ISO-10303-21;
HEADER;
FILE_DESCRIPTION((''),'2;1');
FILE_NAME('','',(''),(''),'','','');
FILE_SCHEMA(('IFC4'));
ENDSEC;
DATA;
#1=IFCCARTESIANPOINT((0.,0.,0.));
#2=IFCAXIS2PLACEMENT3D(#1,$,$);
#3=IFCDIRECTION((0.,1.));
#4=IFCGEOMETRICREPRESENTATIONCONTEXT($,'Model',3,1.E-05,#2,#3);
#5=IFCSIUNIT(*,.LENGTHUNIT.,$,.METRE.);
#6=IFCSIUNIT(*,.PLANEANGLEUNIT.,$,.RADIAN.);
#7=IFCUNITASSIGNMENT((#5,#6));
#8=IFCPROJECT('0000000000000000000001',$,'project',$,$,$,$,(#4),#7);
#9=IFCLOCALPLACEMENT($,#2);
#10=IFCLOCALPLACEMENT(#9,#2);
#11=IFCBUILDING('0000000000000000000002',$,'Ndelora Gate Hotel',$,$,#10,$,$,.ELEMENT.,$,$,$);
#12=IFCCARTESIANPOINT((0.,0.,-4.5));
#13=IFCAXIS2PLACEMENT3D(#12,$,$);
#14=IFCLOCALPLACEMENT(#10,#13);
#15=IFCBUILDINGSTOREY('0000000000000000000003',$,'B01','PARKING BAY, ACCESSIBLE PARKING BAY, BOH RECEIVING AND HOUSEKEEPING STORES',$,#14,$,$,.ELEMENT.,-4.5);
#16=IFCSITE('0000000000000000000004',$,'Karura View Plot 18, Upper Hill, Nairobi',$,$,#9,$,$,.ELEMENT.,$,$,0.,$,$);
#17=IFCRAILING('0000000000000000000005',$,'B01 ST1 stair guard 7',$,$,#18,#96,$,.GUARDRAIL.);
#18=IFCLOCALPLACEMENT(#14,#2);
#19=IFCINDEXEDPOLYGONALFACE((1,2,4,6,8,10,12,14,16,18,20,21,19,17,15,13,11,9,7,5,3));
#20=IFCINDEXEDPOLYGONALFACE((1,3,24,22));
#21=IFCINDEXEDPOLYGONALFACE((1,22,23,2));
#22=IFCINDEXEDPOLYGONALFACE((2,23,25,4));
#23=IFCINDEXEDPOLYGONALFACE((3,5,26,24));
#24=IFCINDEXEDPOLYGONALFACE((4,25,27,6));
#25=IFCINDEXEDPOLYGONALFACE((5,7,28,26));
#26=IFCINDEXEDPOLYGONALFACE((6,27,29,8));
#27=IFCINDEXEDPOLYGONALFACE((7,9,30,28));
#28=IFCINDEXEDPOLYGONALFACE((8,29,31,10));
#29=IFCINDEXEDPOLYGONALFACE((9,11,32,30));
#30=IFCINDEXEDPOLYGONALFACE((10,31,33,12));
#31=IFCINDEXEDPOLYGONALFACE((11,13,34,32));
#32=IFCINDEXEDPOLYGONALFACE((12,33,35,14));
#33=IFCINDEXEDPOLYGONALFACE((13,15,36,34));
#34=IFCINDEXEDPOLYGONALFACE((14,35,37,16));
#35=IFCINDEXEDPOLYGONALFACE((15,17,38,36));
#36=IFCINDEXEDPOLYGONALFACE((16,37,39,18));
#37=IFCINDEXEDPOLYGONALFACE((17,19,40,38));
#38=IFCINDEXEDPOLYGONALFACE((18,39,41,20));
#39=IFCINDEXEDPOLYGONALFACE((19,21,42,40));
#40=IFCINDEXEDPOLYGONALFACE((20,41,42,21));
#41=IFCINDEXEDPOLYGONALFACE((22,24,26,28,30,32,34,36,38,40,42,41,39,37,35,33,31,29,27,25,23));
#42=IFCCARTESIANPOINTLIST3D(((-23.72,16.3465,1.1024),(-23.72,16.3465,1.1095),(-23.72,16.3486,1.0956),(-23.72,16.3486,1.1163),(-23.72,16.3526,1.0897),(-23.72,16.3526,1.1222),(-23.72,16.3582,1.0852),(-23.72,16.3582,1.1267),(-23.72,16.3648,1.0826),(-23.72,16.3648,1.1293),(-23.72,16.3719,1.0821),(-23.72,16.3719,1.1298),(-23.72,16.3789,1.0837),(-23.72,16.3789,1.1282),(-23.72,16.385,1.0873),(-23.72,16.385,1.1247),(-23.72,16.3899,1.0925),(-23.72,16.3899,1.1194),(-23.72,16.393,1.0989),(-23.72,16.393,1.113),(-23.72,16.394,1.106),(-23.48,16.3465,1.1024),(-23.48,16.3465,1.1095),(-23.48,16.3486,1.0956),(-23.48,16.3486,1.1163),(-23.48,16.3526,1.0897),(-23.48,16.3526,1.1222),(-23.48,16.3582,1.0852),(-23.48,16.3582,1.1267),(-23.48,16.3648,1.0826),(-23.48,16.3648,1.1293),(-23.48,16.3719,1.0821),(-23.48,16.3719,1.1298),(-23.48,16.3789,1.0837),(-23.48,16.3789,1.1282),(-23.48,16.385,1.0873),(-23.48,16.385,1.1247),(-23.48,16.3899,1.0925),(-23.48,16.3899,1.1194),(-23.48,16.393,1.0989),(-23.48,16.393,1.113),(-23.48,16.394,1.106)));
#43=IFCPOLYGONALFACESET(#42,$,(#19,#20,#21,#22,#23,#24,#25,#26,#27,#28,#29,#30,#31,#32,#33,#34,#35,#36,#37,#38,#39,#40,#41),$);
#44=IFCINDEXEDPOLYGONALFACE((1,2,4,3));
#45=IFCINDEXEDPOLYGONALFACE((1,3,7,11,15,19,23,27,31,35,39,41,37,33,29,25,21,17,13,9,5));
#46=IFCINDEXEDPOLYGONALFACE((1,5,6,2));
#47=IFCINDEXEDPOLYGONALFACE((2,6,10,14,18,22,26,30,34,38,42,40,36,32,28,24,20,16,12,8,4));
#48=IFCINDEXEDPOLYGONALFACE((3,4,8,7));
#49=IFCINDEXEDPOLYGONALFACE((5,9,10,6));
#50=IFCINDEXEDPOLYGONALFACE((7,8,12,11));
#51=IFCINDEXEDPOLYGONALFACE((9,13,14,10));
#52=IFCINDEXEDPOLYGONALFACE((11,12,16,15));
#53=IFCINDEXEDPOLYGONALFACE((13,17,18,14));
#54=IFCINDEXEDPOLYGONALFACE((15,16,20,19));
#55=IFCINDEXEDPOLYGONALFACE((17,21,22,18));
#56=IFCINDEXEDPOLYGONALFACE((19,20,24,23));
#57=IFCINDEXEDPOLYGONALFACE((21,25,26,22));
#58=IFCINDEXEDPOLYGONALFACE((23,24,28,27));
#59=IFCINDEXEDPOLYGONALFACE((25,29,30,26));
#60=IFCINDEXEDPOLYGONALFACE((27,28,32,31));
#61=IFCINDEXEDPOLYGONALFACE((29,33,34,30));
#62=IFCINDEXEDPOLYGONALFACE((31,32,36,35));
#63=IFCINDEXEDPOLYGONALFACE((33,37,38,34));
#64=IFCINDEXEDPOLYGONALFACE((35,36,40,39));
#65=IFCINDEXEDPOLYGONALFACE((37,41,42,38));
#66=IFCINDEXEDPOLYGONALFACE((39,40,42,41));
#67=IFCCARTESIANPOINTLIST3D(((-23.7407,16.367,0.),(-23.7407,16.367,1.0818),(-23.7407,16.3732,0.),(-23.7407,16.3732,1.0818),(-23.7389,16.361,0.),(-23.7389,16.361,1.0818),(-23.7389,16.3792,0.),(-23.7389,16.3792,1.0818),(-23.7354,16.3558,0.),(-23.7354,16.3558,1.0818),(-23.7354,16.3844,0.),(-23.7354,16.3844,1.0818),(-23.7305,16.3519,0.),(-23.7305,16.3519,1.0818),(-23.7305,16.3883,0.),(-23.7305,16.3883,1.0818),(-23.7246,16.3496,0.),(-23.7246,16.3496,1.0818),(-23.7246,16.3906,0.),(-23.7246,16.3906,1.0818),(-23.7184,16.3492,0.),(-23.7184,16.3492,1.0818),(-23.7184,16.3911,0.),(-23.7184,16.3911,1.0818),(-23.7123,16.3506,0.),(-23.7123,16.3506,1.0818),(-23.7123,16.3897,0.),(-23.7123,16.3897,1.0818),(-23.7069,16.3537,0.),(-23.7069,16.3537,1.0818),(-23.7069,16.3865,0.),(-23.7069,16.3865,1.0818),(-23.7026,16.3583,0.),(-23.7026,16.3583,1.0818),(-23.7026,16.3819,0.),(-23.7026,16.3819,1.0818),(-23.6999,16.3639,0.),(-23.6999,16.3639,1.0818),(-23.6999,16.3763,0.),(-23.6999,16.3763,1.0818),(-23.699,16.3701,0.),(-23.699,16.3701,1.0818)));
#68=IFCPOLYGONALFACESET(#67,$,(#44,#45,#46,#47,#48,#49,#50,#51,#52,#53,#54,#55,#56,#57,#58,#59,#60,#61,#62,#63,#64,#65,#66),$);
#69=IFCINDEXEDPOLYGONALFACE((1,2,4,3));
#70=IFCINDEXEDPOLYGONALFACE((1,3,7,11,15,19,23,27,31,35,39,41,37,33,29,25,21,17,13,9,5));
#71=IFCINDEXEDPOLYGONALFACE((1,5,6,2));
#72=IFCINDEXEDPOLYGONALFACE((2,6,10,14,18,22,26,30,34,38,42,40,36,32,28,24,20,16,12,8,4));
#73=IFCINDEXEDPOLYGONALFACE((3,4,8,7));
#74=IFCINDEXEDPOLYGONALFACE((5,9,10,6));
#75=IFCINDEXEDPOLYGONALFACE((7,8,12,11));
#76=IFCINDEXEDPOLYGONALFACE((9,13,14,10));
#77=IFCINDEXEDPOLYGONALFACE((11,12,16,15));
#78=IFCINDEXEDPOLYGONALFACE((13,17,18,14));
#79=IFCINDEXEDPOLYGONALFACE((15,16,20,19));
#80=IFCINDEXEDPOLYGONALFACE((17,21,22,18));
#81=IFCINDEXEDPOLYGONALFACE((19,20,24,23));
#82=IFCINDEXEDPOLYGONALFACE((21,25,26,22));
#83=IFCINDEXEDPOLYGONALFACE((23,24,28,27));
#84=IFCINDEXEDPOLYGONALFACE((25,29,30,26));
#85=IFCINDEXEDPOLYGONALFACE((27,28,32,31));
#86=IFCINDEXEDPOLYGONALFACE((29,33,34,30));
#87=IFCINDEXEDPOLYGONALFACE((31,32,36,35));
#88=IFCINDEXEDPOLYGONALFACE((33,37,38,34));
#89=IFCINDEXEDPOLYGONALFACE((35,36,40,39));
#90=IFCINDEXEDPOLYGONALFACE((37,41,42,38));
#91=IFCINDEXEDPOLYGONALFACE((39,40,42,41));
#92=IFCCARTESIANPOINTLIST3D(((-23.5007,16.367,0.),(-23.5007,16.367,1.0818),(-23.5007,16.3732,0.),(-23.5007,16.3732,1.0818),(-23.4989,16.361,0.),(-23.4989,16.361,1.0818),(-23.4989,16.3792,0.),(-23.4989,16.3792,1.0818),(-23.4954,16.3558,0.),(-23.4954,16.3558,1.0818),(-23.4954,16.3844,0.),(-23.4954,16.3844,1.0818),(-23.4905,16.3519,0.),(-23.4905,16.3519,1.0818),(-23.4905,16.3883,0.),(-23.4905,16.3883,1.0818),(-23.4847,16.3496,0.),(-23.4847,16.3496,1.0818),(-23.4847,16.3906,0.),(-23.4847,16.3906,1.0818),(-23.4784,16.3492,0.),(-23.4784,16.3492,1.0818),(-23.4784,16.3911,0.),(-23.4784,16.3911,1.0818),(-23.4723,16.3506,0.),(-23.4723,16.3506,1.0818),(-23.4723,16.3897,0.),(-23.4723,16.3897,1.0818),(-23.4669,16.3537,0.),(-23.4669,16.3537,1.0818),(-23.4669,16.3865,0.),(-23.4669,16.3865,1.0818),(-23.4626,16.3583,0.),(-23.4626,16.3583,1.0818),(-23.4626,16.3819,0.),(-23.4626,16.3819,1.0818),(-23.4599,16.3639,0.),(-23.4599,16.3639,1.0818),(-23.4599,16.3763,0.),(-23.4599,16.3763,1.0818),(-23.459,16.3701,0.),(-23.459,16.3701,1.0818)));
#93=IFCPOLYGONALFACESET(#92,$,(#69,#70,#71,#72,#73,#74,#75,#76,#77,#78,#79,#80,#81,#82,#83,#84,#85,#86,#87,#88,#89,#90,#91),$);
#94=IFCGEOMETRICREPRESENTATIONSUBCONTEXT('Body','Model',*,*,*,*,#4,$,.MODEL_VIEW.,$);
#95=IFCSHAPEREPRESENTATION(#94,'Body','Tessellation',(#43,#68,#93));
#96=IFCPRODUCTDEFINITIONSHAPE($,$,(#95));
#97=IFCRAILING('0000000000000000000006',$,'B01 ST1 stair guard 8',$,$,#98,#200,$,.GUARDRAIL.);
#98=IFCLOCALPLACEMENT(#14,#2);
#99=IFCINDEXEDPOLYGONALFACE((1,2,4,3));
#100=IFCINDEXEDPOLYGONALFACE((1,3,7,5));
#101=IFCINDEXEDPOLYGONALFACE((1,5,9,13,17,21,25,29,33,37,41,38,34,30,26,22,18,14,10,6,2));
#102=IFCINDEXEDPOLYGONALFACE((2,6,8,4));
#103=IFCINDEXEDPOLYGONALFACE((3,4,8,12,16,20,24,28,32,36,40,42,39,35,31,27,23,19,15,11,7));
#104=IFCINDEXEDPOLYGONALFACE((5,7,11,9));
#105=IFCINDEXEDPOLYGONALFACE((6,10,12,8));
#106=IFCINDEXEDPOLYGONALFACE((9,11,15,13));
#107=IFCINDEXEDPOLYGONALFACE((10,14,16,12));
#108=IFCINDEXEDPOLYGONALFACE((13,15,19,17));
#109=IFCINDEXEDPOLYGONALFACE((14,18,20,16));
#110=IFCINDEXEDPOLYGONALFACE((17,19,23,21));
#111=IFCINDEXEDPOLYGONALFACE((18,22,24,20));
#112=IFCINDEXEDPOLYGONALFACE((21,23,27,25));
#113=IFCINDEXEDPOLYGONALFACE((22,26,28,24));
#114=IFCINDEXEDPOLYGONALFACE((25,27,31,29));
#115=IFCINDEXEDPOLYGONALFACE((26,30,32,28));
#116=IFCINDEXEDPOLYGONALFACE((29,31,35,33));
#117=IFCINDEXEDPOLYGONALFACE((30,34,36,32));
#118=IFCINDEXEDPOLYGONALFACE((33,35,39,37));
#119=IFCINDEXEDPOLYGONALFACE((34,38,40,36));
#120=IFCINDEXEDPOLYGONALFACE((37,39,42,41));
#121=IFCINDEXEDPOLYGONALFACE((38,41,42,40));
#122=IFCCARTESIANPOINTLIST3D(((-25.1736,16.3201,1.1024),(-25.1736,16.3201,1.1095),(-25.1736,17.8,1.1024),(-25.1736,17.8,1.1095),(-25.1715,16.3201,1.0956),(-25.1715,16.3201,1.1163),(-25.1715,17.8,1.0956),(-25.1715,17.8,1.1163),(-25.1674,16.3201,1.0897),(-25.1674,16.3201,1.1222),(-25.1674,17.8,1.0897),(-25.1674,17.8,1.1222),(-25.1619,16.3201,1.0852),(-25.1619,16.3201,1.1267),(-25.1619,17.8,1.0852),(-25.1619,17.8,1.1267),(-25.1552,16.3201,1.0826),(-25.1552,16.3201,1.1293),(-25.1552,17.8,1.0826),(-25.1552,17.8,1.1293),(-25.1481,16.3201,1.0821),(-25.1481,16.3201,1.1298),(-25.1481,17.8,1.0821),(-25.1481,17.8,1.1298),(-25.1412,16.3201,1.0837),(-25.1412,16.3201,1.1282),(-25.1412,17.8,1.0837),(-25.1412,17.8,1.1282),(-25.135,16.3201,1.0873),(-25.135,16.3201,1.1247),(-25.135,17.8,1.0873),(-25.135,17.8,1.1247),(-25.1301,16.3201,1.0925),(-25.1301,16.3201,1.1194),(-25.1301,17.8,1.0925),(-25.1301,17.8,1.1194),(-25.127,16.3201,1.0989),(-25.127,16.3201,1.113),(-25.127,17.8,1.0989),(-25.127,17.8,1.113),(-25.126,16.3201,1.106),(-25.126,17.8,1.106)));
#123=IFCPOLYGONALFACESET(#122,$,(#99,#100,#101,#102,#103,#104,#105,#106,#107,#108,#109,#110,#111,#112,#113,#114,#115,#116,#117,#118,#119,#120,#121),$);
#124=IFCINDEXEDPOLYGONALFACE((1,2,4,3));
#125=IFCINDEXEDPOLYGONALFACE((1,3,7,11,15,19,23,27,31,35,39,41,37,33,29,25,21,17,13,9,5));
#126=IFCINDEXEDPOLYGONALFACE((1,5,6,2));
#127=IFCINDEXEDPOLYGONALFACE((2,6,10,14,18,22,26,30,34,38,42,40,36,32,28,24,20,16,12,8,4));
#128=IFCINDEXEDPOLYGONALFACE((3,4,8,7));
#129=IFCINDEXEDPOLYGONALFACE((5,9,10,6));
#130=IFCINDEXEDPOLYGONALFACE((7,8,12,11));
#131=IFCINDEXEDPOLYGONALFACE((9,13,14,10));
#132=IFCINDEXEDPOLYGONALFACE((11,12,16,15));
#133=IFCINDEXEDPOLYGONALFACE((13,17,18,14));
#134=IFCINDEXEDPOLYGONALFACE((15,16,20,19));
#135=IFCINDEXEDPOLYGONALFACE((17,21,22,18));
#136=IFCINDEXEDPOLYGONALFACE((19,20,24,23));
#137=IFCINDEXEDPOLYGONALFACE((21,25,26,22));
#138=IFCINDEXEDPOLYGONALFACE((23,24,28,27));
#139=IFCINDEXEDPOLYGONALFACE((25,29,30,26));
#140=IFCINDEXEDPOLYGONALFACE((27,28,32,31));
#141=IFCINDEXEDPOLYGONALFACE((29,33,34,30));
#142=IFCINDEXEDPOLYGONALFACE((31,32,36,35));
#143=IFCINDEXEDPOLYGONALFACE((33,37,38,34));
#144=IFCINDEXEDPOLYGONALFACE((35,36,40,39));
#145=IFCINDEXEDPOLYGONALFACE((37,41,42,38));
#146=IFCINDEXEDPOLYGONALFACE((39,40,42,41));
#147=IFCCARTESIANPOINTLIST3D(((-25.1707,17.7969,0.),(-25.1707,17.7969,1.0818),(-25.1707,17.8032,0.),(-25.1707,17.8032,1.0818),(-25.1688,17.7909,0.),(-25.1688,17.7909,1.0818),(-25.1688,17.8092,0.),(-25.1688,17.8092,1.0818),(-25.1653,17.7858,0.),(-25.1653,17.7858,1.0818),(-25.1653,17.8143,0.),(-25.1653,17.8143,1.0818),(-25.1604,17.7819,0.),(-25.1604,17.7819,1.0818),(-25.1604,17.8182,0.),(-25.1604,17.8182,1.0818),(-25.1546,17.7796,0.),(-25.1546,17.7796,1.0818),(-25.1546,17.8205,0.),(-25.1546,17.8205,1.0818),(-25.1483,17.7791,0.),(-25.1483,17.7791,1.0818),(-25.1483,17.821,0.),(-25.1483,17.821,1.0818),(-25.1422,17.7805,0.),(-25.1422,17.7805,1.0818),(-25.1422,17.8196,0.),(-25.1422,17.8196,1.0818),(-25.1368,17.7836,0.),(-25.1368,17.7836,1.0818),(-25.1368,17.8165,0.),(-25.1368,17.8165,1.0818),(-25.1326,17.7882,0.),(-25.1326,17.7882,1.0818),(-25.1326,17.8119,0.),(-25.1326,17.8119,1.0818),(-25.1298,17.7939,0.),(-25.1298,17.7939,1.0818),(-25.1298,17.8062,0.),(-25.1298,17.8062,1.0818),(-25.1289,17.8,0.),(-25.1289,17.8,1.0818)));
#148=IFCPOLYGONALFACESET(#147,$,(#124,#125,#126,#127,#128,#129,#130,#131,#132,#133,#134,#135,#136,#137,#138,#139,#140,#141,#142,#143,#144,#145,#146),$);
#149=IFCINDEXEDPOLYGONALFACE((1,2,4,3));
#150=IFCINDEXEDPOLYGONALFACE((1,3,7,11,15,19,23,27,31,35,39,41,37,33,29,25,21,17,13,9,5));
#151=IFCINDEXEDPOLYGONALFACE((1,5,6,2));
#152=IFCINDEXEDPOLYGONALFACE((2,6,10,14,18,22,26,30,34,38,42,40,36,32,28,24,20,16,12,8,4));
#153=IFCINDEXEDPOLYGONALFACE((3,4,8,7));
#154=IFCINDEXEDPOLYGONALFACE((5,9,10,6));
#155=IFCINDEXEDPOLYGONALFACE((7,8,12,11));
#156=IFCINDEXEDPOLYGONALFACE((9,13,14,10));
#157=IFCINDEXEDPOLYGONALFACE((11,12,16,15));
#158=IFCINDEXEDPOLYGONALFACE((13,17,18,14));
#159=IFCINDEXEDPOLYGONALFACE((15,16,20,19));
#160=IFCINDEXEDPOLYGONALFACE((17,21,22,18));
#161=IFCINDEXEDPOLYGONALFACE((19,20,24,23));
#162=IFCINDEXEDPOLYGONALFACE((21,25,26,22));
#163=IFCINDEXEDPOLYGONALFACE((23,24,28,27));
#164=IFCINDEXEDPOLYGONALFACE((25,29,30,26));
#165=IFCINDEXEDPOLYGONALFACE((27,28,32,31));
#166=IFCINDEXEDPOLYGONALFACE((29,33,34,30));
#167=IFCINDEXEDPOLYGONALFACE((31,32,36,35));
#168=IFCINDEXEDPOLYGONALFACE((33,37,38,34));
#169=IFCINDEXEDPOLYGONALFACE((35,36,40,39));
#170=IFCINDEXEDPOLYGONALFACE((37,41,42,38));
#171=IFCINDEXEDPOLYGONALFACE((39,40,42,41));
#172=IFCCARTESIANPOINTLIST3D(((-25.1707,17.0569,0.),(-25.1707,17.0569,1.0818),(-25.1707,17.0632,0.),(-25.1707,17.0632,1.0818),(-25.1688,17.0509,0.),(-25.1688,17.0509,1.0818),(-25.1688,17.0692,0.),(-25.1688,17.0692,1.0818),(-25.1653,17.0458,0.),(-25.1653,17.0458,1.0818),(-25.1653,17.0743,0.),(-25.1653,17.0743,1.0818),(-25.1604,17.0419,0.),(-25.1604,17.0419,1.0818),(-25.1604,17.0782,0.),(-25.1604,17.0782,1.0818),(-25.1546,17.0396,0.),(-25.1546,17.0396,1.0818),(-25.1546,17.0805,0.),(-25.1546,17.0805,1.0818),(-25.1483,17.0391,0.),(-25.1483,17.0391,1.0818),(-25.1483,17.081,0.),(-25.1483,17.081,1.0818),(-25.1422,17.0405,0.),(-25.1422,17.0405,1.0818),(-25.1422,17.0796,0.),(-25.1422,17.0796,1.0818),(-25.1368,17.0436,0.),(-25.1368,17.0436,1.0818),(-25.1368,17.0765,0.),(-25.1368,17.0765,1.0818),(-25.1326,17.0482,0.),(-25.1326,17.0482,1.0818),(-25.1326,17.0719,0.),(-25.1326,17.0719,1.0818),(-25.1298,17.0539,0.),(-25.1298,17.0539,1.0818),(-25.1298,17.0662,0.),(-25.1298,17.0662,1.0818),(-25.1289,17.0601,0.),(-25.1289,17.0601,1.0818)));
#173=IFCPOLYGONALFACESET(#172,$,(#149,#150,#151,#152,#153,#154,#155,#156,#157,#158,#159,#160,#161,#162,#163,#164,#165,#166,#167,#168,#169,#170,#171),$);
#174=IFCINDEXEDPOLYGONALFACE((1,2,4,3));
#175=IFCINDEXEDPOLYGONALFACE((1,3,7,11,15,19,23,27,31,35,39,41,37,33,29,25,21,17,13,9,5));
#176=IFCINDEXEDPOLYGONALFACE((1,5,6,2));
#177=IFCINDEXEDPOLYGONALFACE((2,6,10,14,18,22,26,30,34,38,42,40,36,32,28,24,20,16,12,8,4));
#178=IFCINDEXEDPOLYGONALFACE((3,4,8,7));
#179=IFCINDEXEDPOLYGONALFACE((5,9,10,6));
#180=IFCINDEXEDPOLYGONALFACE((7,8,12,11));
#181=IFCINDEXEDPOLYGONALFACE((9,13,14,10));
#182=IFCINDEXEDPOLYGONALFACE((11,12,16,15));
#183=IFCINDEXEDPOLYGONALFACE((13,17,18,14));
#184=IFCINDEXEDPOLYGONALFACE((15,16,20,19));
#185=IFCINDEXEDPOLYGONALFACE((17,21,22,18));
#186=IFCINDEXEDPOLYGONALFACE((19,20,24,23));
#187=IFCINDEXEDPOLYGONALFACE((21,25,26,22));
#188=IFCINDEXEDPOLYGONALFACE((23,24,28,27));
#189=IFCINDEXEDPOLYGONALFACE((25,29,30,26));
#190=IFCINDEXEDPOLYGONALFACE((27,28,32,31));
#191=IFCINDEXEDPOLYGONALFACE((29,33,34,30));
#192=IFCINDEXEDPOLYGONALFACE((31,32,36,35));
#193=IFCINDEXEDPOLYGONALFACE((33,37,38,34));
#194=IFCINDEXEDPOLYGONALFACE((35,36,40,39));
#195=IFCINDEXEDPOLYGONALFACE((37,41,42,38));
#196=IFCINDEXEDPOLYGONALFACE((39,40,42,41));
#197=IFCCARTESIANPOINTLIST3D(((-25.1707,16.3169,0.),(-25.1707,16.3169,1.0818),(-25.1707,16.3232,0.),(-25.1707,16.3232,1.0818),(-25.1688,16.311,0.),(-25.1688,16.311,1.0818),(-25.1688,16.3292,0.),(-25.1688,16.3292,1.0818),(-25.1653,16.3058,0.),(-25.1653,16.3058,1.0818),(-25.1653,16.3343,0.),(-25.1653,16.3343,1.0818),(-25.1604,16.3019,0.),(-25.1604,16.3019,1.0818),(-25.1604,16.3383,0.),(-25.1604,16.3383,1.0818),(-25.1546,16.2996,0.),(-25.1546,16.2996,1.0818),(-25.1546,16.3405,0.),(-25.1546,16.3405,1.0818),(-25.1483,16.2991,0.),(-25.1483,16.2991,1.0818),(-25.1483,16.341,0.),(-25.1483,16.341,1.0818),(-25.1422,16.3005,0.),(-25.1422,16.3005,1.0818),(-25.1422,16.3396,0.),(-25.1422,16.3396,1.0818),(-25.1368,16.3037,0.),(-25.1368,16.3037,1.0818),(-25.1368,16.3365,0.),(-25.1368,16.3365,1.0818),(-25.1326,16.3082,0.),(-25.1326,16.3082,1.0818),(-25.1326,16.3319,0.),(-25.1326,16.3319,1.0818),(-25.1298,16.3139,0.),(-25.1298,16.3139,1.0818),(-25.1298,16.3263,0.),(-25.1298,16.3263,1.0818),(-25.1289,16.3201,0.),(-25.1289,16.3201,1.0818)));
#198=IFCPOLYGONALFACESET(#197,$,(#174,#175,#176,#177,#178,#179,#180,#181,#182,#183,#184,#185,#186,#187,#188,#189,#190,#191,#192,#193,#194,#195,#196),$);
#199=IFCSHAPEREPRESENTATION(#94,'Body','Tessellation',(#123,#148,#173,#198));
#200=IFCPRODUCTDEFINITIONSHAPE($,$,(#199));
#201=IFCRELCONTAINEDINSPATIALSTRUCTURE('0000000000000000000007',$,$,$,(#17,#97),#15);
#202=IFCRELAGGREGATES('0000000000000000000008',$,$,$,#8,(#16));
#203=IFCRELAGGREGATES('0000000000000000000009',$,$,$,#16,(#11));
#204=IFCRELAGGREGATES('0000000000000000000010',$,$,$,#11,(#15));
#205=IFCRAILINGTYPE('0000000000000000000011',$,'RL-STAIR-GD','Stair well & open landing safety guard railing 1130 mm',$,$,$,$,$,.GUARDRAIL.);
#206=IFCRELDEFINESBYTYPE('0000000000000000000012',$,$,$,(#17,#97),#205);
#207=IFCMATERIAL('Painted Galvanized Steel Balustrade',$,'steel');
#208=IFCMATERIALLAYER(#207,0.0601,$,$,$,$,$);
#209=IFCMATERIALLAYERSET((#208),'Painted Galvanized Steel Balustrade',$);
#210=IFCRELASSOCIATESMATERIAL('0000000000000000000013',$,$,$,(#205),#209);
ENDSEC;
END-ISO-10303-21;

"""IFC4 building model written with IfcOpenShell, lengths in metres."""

from ifc_helpers import new_model, si_unit, direction, frame, origin, origin_2d, place, context, subcontext, project, spatial, circle, extrude, material, layer, layer_set, type_object, element, save


model = new_model("IFC4")

# Units and contexts
model_context = context("Model", 3, precision=1e-05, world=origin(), true_north=direction((0.0, 1.0)))
body_context = subcontext(model_context, "Body", "Model", "MODEL_VIEW")
ifc_project = project(units=[si_unit("LENGTHUNIT", "METRE"), si_unit("PLANEANGLEUNIT", "RADIAN")], contexts=[model_context])

# Site, building, storey
site_placement = place(None, origin())
site = spatial("IfcSite", under=ifc_project, at=site_placement, Name="Karura View Plot 18, Upper Hill, Nairobi", CompositionType="ELEMENT", RefElevation=0.0)
building_placement = place(site_placement, origin())
building = spatial("IfcBuilding", under=site, at=building_placement, Name="Ndelora Gate Hotel", CompositionType="ELEMENT")
storey_placement = place(building_placement, frame((0.0, 0.0, -4.5)))
storey = spatial("IfcBuildingStorey", under=building, at=storey_placement, Name="B01", Description="PARKING BAY, ACCESSIBLE PARKING BAY, BOH RECEIVING AND HOUSEKEEPING STORES", CompositionType="ELEMENT", Elevation=-4.5)

# Railings
ifc_material_1 = material(Name="Painted Galvanized Steel Balustrade", Category="steel")
ifc_layer_1 = layer(ifc_material_1, 0.0601)
ifc_layer_set_1 = layer_set([ifc_layer_1], Name="Painted Galvanized Steel Balustrade")
railing_type_1 = type_object("IfcRailingType", Name="RL-STAIR-GD", Description="Stair well & open landing safety guard railing 1130 mm", PredefinedType="GUARDRAIL", material=ifc_layer_set_1)
railing_1_placement = place(storey_placement, frame((-23.72, 16.3701, 0.0)))
element("IfcRailing", 1, at=railing_1_placement, inside=storey, type_object=railing_type_1, Name="B01 ST1 stair guard 7", PredefinedType="GUARDRAIL", context=body_context, shape_type="SweptSolid", body=[
    extrude(circle(Radius=0.0239, at=origin_2d()), frame((0.0, 0.0, 1.106), z_axis=(1.0, 0.0, 0.0), x_axis=(0.0, 1.0, 0.0)), (0.0, 0.0, 1.0), 0.24),
    extrude(circle(Radius=0.021, at=origin_2d()), origin(), (0.0, 0.0, 1.0), 1.0818),
    extrude(circle(Radius=0.021, at=origin_2d()), frame((0.24, 0.0, 0.0)), (0.0, 0.0, 1.0), 1.0818),
])
for number, where, name in (
    (2, (-25.1499, 17.8, 0.0), "B01 ST1 stair guard 8"),
):
    element("IfcRailing", number, at=place(storey_placement, frame(where)), inside=storey, type_object=railing_type_1, Name=name, PredefinedType="GUARDRAIL", context=body_context, shape_type="SweptSolid", body=[
        extrude(circle(Radius=0.0239, at=origin_2d()), frame((0.0, 0.0, 1.106), z_axis=(0.0, -1.0, 0.0), x_axis=(1.0, 0.0, 0.0)), (0.0, 0.0, 1.0), 1.48),
        extrude(circle(Radius=0.021, at=origin_2d()), origin(), (0.0, 0.0, 1.0), 1.0818),
        extrude(circle(Radius=0.021, at=origin_2d()), frame((0.0, -0.74, 0.0)), (0.0, 0.0, 1.0), 1.0818),
        extrude(circle(Radius=0.021, at=origin_2d()), frame((0.0, -1.48, 0.0)), (0.0, 0.0, 1.0), 1.0818),
    ])

save(model, "model.ifc")
